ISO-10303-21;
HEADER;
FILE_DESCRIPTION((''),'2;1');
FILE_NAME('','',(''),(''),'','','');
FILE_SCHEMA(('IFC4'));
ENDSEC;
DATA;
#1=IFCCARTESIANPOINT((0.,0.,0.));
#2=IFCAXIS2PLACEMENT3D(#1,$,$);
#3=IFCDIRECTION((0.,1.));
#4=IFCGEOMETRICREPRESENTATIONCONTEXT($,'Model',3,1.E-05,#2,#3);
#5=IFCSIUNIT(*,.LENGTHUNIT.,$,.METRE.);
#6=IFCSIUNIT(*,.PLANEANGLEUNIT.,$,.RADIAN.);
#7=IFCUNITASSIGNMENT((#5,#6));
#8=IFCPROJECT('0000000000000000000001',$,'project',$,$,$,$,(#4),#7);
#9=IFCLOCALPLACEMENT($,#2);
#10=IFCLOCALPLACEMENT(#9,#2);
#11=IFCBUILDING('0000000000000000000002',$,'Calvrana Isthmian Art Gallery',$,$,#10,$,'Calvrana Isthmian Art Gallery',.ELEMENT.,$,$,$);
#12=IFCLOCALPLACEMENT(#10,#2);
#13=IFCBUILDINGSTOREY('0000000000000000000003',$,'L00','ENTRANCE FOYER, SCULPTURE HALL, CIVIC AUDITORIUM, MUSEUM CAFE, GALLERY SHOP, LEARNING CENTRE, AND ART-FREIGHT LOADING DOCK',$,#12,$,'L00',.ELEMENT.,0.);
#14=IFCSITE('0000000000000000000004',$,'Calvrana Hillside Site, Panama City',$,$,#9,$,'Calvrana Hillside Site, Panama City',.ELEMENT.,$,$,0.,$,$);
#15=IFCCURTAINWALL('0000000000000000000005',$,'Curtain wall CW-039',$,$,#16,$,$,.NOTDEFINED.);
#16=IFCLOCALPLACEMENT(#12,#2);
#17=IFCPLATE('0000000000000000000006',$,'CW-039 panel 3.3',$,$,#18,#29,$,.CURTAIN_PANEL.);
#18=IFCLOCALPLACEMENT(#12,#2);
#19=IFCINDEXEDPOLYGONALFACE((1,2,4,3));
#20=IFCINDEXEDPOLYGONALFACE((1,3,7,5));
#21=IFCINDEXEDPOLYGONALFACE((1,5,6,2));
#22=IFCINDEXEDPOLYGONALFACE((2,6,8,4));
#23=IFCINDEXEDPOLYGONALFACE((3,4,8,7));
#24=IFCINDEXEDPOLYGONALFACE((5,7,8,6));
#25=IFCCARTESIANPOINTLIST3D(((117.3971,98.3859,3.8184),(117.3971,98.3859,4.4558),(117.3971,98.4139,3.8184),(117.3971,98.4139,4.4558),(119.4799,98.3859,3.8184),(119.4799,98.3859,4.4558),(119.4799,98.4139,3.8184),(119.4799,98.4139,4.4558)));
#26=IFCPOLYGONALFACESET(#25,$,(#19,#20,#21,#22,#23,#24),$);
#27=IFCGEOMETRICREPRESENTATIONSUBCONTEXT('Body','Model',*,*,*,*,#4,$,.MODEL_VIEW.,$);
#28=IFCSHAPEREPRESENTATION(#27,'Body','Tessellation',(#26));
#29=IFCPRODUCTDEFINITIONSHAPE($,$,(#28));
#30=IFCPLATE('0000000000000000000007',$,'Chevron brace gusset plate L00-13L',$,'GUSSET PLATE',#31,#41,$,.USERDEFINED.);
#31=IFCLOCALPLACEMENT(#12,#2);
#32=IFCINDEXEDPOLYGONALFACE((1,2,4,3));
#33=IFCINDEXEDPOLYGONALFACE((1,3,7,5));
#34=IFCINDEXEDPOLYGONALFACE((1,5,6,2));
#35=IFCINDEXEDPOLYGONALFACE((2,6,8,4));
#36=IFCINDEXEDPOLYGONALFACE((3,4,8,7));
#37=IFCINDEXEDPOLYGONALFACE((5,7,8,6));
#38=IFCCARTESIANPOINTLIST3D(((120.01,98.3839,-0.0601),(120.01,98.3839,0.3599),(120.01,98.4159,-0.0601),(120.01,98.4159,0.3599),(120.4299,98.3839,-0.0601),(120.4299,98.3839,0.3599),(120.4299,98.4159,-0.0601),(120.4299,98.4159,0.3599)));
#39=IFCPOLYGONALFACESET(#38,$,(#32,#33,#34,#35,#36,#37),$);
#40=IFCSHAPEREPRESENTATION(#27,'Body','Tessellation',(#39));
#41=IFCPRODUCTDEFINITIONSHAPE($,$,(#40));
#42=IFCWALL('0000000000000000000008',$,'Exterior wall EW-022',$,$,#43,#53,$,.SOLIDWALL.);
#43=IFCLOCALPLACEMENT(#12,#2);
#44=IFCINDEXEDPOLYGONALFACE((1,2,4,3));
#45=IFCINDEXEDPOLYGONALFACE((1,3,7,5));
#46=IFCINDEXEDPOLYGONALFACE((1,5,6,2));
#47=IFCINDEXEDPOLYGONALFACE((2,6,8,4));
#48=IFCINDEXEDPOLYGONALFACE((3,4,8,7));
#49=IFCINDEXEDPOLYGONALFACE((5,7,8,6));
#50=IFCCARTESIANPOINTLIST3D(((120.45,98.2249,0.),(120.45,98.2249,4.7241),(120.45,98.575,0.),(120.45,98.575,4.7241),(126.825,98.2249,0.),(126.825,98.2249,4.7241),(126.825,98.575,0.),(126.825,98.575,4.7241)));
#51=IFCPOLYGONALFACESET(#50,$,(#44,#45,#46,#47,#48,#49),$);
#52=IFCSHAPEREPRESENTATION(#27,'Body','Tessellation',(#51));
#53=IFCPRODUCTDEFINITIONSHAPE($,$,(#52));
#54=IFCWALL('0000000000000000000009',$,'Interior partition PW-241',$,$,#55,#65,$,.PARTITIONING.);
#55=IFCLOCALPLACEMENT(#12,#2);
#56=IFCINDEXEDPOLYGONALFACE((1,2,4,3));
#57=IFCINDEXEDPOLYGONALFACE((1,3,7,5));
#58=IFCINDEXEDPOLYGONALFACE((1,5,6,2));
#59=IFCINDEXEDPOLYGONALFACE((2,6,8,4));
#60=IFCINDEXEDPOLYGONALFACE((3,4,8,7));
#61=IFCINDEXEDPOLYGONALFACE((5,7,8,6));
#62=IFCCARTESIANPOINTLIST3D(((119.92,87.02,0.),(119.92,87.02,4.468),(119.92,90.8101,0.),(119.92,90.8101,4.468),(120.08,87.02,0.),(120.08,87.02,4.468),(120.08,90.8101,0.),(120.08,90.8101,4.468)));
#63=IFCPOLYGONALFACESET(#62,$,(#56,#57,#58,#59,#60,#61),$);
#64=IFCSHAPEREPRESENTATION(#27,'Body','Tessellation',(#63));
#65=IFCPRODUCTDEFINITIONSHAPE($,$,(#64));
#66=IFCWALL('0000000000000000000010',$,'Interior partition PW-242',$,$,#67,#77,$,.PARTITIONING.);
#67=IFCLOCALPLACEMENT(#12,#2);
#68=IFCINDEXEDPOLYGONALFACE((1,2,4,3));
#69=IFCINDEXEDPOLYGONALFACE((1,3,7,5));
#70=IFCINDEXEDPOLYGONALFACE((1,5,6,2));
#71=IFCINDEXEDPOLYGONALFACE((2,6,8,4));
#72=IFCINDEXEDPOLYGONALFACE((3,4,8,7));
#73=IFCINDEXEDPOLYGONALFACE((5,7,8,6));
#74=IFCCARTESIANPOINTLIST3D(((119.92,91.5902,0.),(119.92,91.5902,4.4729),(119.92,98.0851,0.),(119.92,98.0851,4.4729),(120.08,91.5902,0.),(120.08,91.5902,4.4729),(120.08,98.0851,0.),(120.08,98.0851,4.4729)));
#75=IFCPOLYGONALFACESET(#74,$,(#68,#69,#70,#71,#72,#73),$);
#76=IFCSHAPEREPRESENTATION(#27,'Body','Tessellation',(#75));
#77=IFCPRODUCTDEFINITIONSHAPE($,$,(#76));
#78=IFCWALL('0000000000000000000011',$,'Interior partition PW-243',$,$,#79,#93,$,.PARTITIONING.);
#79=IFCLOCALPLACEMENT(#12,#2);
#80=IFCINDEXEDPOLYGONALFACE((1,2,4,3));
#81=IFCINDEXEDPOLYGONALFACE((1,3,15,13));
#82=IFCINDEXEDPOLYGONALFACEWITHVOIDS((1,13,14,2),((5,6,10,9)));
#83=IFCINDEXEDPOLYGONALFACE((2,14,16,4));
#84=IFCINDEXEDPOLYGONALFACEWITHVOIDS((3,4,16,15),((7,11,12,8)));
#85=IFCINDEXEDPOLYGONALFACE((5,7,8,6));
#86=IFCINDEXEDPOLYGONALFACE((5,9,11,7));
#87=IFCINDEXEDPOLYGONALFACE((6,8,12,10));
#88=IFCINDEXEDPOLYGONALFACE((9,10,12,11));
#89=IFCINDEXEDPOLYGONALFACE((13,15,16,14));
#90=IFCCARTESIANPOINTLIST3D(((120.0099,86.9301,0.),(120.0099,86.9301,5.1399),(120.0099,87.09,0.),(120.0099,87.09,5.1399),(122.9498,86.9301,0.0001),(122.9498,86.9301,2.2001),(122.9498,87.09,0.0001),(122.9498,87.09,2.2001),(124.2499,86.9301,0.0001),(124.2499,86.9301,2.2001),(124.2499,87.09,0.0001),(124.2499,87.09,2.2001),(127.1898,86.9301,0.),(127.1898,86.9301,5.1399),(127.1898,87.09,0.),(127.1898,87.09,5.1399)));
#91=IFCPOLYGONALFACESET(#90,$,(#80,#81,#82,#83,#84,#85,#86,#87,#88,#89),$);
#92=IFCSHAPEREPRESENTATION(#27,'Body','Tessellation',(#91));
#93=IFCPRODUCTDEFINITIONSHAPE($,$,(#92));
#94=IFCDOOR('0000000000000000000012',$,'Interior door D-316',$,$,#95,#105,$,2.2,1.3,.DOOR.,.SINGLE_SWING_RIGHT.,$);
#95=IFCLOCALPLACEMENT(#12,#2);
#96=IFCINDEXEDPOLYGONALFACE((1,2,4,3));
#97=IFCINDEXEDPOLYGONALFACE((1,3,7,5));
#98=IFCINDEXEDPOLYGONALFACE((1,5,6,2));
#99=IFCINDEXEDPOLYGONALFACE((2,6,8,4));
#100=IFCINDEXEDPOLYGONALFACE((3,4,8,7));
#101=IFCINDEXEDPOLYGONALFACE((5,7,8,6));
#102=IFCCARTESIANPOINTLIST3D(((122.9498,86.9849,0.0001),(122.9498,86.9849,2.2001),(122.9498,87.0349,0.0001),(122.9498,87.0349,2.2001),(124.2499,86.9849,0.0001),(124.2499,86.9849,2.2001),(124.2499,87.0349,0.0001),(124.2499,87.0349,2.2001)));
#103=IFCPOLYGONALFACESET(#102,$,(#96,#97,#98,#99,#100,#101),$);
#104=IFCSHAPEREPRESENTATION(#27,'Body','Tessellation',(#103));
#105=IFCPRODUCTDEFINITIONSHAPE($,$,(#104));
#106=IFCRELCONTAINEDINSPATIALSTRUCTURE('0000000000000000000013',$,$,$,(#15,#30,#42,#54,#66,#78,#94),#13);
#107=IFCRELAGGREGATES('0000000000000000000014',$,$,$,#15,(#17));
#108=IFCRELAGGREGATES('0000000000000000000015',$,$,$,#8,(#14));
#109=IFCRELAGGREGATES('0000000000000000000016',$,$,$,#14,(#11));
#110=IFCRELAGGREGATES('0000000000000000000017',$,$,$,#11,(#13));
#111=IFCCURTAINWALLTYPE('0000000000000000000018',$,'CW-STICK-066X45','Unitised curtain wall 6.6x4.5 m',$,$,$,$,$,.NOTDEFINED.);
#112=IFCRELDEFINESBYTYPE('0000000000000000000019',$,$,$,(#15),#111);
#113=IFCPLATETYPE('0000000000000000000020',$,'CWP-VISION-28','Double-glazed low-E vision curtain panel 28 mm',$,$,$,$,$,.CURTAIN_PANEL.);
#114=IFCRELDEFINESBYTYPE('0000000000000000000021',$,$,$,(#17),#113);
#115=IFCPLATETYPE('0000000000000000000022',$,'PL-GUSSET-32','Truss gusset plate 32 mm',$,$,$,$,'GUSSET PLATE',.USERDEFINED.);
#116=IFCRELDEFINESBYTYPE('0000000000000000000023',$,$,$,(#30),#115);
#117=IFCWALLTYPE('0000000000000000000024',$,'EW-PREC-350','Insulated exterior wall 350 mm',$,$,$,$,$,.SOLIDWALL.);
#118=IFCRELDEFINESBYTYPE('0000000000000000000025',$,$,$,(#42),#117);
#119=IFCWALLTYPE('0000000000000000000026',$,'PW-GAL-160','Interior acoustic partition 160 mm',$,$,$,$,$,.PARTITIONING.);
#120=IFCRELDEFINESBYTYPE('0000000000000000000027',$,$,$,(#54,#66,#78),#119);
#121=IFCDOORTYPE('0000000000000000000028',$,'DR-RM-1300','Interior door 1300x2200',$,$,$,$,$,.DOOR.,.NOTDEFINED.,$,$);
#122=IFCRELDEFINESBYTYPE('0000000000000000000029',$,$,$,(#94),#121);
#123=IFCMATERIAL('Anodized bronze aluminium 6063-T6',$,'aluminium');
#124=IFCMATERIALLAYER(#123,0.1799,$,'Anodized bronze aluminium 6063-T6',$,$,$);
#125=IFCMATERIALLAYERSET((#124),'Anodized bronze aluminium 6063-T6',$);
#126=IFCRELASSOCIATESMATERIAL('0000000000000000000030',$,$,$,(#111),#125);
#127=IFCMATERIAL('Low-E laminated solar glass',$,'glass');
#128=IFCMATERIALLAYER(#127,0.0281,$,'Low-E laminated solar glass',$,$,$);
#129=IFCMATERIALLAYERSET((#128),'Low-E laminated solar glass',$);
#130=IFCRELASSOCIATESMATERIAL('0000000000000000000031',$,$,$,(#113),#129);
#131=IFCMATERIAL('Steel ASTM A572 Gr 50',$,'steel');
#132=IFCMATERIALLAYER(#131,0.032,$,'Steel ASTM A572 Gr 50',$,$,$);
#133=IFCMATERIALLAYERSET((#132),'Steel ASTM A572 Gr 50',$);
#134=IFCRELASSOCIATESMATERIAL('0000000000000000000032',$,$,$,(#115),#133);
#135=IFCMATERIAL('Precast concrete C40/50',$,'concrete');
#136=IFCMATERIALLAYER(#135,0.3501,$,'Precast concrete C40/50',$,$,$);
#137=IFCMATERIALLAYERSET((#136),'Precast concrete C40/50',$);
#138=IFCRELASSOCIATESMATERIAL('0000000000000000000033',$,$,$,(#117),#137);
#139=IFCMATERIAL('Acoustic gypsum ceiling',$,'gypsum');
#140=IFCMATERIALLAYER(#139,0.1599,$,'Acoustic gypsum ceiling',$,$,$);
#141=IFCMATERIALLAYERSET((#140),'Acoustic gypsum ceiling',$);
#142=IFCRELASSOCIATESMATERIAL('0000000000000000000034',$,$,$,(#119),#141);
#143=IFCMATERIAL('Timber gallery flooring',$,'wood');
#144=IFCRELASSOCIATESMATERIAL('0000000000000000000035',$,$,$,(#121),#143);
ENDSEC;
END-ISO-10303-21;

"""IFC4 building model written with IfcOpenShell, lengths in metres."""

from ifc_helpers import new_model, si_unit, direction, frame, frame_2d, origin, origin_2d, place, context, subcontext, project, spatial, rectangle, extrude, material, layer, layer_set, type_object, element, fill, aggregate, save


model = new_model("IFC4")

# Units and contexts
model_context = context("Model", 3, precision=1e-05, world=origin(), true_north=direction((0.0, 1.0)))
body_context = subcontext(model_context, "Body", "Model", "MODEL_VIEW")
ifc_project = project(units=[si_unit("LENGTHUNIT", "METRE"), si_unit("PLANEANGLEUNIT", "RADIAN")], contexts=[model_context])

# Site, building, storey
site_placement = place(None, origin())
site = spatial("IfcSite", under=ifc_project, at=site_placement, Name="Calvrana Hillside Site, Panama City", LongName="Calvrana Hillside Site, Panama City", CompositionType="ELEMENT", RefElevation=0.0)
building_placement = place(site_placement, origin())
building = spatial("IfcBuilding", under=site, at=building_placement, Name="Calvrana Isthmian Art Gallery", LongName="Calvrana Isthmian Art Gallery", CompositionType="ELEMENT")
storey_placement = place(building_placement, origin())
storey = spatial("IfcBuildingStorey", under=building, at=storey_placement, Name="L00", Description="ENTRANCE FOYER, SCULPTURE HALL, CIVIC AUDITORIUM, MUSEUM CAFE, GALLERY SHOP, LEARNING CENTRE, AND ART-FREIGHT LOADING DOCK", LongName="L00", CompositionType="ELEMENT", Elevation=0.0)

# Curtain wall
ifc_material_1 = material(Name="Anodized bronze aluminium 6063-T6", Category="aluminium")
ifc_layer_1 = layer(ifc_material_1, 0.1799, Name="Anodized bronze aluminium 6063-T6")
ifc_layer_set_1 = layer_set([ifc_layer_1], Name="Anodized bronze aluminium 6063-T6")
curtain_wall_type = type_object("IfcCurtainWallType", Name="CW-STICK-066X45", Description="Unitised curtain wall 6.6x4.5 m", PredefinedType="NOTDEFINED", material=ifc_layer_set_1)
curtain_wall_placement = place(storey_placement, origin())
curtain_wall = element("IfcCurtainWall", 1, at=curtain_wall_placement, inside=storey, type_object=curtain_wall_type, Name="Curtain wall CW-039", PredefinedType="NOTDEFINED")

# Plates
ifc_material_2 = material(Name="Low-E laminated solar glass", Category="glass")
ifc_layer_2 = layer(ifc_material_2, 0.0281, Name="Low-E laminated solar glass")
ifc_layer_set_2 = layer_set([ifc_layer_2], Name="Low-E laminated solar glass")
plate_type_1 = type_object("IfcPlateType", Name="CWP-VISION-28", Description="Double-glazed low-E vision curtain panel 28 mm", PredefinedType="CURTAIN_PANEL", material=ifc_layer_set_2)
plate_1_placement = place(storey_placement, frame((118.4385, 98.3999, 3.8184), z_axis=(0.0, 0.0, 1.0), x_axis=(1.0, 0.0, 0.0)))
plate_1 = element("IfcPlate", 2, at=plate_1_placement, type_object=plate_type_1, Name="CW-039 panel 3.3", PredefinedType="CURTAIN_PANEL", context=body_context, shape_type="SweptSolid", body=[
    extrude(rectangle(XDim=2.0828, YDim=0.0281, at=origin_2d()), origin(), (0.0, 0.0, 1.0), 0.6375),
])
aggregate(curtain_wall, [plate_1])
ifc_material_3 = material(Name="Steel ASTM A572 Gr 50", Category="steel")
ifc_layer_3 = layer(ifc_material_3, 0.032, Name="Steel ASTM A572 Gr 50")
ifc_layer_set_3 = layer_set([ifc_layer_3], Name="Steel ASTM A572 Gr 50")
plate_type_2 = type_object("IfcPlateType", Name="PL-GUSSET-32", Description="Truss gusset plate 32 mm", ElementType="GUSSET PLATE", PredefinedType="USERDEFINED", material=ifc_layer_set_3)
plate_2_placement = place(storey_placement, frame((120.22, 98.3999, -0.0601), z_axis=(0.0, 0.0, 1.0), x_axis=(1.0, 0.0, 0.0)))
element("IfcPlate", 3, at=plate_2_placement, inside=storey, type_object=plate_type_2, Name="Chevron brace gusset plate L00-13L", ObjectType="GUSSET PLATE", PredefinedType="USERDEFINED", context=body_context, shape_type="SweptSolid", body=[
    extrude(rectangle(XDim=0.4199, YDim=0.032, at=origin_2d()), origin(), (0.0, 0.0, 1.0), 0.4199),
])

# Walls
ifc_material_4 = material(Name="Precast concrete C40/50", Category="concrete")
ifc_layer_4 = layer(ifc_material_4, 0.3501, Name="Precast concrete C40/50")
ifc_layer_set_4 = layer_set([ifc_layer_4], Name="Precast concrete C40/50")
wall_type_1 = type_object("IfcWallType", Name="EW-PREC-350", Description="Insulated exterior wall 350 mm", PredefinedType="SOLIDWALL", material=ifc_layer_set_4)
wall_1_placement = place(storey_placement, frame((120.45, 98.3999, 0.0), z_axis=(0.0, 0.0, 1.0), x_axis=(1.0, 0.0, 0.0)))
element("IfcWall", 4, at=wall_1_placement, inside=storey, type_object=wall_type_1, Name="Exterior wall EW-022", PredefinedType="SOLIDWALL", context=body_context, shape_type="SweptSolid", body=[
    extrude(rectangle(XDim=6.375, YDim=0.3501, at=frame_2d((3.1875, 0.0))), origin(), (0.0, 0.0, 1.0), 4.7241),
])
ifc_material_5 = material(Name="Acoustic gypsum ceiling", Category="gypsum")
ifc_layer_5 = layer(ifc_material_5, 0.1599, Name="Acoustic gypsum ceiling")
ifc_layer_set_5 = layer_set([ifc_layer_5], Name="Acoustic gypsum ceiling")
wall_type_2 = type_object("IfcWallType", Name="PW-GAL-160", Description="Interior acoustic partition 160 mm", PredefinedType="PARTITIONING", material=ifc_layer_set_5)
wall_2_placement = place(storey_placement, frame((120.0, 87.02, 0.0), z_axis=(0.0, 0.0, 1.0), x_axis=(0.0, 1.0, 0.0)))
element("IfcWall", 5, at=wall_2_placement, inside=storey, type_object=wall_type_2, Name="Interior partition PW-241", PredefinedType="PARTITIONING", context=body_context, shape_type="SweptSolid", body=[
    extrude(rectangle(XDim=3.79, YDim=0.1599, at=frame_2d((1.895, 0.0))), origin(), (0.0, 0.0, 1.0), 4.468),
])
wall_3_placement = place(storey_placement, frame((120.0, 91.5901, 0.0), z_axis=(0.0, 0.0, 1.0), x_axis=(0.0, 1.0, 0.0)))
element("IfcWall", 6, at=wall_3_placement, inside=storey, type_object=wall_type_2, Name="Interior partition PW-242", PredefinedType="PARTITIONING", context=body_context, shape_type="SweptSolid", body=[
    extrude(rectangle(XDim=6.4949, YDim=0.1599, at=frame_2d((3.2476, 0.0))), origin(), (0.0, 0.0, 1.0), 4.4729),
])

# Wall, opening, door
wall_4_placement = place(storey_placement, frame((120.01, 87.01, 0.0), z_axis=(0.0, 0.0, 1.0), x_axis=(1.0, 0.0, 0.0)))
wall_4 = element("IfcWall", 7, at=wall_4_placement, inside=storey, type_object=wall_type_2, Name="Interior partition PW-243", PredefinedType="PARTITIONING", context=body_context, shape_type="SweptSolid", body=[
    extrude(rectangle(XDim=7.1799, YDim=0.1599, at=frame_2d((3.5898, 0.0))), origin(), (0.0, 0.0, 1.0), 5.1399),
])
opening_placement = place(wall_4_placement, frame((2.9399, 0.0, 0.0)))
opening = element("IfcOpeningElement", 8, at=opening_placement, cuts=wall_4, PredefinedType="OPENING", context=body_context, shape_type="SweptSolid", body=[
    extrude(rectangle(XDim=1.3, YDim=2.2, at=frame_2d((0.6499, 1.1001))), frame((0.0, 0.0903, 0.0), z_axis=(0.0, -1.0, 0.0), x_axis=(1.0, 0.0, 0.0)), (0.0, 0.0, 1.0), 0.1804),
])
ifc_material_6 = material(Name="Timber gallery flooring", Category="wood")
door_type = type_object("IfcDoorType", Name="DR-RM-1300", Description="Interior door 1300x2200", OperationType="NOTDEFINED", PredefinedType="DOOR", material=ifc_material_6)
door_placement = place(opening_placement, origin())
door = element("IfcDoor", 9, at=door_placement, inside=storey, type_object=door_type, Name="Interior door D-316", OperationType="SINGLE_SWING_RIGHT", OverallHeight=2.2, OverallWidth=1.3, PredefinedType="DOOR", context=body_context, shape_type="SweptSolid", body=[
    extrude(rectangle(XDim=1.3, YDim=2.2, at=frame_2d((0.6499, 1.1001))), frame((0.0, 0.0249, 0.0), z_axis=(0.0, -1.0, 0.0), x_axis=(1.0, 0.0, 0.0)), (0.0, 0.0, 1.0), 0.05),
])
fill(opening, door)

save(model, "model.ifc")
